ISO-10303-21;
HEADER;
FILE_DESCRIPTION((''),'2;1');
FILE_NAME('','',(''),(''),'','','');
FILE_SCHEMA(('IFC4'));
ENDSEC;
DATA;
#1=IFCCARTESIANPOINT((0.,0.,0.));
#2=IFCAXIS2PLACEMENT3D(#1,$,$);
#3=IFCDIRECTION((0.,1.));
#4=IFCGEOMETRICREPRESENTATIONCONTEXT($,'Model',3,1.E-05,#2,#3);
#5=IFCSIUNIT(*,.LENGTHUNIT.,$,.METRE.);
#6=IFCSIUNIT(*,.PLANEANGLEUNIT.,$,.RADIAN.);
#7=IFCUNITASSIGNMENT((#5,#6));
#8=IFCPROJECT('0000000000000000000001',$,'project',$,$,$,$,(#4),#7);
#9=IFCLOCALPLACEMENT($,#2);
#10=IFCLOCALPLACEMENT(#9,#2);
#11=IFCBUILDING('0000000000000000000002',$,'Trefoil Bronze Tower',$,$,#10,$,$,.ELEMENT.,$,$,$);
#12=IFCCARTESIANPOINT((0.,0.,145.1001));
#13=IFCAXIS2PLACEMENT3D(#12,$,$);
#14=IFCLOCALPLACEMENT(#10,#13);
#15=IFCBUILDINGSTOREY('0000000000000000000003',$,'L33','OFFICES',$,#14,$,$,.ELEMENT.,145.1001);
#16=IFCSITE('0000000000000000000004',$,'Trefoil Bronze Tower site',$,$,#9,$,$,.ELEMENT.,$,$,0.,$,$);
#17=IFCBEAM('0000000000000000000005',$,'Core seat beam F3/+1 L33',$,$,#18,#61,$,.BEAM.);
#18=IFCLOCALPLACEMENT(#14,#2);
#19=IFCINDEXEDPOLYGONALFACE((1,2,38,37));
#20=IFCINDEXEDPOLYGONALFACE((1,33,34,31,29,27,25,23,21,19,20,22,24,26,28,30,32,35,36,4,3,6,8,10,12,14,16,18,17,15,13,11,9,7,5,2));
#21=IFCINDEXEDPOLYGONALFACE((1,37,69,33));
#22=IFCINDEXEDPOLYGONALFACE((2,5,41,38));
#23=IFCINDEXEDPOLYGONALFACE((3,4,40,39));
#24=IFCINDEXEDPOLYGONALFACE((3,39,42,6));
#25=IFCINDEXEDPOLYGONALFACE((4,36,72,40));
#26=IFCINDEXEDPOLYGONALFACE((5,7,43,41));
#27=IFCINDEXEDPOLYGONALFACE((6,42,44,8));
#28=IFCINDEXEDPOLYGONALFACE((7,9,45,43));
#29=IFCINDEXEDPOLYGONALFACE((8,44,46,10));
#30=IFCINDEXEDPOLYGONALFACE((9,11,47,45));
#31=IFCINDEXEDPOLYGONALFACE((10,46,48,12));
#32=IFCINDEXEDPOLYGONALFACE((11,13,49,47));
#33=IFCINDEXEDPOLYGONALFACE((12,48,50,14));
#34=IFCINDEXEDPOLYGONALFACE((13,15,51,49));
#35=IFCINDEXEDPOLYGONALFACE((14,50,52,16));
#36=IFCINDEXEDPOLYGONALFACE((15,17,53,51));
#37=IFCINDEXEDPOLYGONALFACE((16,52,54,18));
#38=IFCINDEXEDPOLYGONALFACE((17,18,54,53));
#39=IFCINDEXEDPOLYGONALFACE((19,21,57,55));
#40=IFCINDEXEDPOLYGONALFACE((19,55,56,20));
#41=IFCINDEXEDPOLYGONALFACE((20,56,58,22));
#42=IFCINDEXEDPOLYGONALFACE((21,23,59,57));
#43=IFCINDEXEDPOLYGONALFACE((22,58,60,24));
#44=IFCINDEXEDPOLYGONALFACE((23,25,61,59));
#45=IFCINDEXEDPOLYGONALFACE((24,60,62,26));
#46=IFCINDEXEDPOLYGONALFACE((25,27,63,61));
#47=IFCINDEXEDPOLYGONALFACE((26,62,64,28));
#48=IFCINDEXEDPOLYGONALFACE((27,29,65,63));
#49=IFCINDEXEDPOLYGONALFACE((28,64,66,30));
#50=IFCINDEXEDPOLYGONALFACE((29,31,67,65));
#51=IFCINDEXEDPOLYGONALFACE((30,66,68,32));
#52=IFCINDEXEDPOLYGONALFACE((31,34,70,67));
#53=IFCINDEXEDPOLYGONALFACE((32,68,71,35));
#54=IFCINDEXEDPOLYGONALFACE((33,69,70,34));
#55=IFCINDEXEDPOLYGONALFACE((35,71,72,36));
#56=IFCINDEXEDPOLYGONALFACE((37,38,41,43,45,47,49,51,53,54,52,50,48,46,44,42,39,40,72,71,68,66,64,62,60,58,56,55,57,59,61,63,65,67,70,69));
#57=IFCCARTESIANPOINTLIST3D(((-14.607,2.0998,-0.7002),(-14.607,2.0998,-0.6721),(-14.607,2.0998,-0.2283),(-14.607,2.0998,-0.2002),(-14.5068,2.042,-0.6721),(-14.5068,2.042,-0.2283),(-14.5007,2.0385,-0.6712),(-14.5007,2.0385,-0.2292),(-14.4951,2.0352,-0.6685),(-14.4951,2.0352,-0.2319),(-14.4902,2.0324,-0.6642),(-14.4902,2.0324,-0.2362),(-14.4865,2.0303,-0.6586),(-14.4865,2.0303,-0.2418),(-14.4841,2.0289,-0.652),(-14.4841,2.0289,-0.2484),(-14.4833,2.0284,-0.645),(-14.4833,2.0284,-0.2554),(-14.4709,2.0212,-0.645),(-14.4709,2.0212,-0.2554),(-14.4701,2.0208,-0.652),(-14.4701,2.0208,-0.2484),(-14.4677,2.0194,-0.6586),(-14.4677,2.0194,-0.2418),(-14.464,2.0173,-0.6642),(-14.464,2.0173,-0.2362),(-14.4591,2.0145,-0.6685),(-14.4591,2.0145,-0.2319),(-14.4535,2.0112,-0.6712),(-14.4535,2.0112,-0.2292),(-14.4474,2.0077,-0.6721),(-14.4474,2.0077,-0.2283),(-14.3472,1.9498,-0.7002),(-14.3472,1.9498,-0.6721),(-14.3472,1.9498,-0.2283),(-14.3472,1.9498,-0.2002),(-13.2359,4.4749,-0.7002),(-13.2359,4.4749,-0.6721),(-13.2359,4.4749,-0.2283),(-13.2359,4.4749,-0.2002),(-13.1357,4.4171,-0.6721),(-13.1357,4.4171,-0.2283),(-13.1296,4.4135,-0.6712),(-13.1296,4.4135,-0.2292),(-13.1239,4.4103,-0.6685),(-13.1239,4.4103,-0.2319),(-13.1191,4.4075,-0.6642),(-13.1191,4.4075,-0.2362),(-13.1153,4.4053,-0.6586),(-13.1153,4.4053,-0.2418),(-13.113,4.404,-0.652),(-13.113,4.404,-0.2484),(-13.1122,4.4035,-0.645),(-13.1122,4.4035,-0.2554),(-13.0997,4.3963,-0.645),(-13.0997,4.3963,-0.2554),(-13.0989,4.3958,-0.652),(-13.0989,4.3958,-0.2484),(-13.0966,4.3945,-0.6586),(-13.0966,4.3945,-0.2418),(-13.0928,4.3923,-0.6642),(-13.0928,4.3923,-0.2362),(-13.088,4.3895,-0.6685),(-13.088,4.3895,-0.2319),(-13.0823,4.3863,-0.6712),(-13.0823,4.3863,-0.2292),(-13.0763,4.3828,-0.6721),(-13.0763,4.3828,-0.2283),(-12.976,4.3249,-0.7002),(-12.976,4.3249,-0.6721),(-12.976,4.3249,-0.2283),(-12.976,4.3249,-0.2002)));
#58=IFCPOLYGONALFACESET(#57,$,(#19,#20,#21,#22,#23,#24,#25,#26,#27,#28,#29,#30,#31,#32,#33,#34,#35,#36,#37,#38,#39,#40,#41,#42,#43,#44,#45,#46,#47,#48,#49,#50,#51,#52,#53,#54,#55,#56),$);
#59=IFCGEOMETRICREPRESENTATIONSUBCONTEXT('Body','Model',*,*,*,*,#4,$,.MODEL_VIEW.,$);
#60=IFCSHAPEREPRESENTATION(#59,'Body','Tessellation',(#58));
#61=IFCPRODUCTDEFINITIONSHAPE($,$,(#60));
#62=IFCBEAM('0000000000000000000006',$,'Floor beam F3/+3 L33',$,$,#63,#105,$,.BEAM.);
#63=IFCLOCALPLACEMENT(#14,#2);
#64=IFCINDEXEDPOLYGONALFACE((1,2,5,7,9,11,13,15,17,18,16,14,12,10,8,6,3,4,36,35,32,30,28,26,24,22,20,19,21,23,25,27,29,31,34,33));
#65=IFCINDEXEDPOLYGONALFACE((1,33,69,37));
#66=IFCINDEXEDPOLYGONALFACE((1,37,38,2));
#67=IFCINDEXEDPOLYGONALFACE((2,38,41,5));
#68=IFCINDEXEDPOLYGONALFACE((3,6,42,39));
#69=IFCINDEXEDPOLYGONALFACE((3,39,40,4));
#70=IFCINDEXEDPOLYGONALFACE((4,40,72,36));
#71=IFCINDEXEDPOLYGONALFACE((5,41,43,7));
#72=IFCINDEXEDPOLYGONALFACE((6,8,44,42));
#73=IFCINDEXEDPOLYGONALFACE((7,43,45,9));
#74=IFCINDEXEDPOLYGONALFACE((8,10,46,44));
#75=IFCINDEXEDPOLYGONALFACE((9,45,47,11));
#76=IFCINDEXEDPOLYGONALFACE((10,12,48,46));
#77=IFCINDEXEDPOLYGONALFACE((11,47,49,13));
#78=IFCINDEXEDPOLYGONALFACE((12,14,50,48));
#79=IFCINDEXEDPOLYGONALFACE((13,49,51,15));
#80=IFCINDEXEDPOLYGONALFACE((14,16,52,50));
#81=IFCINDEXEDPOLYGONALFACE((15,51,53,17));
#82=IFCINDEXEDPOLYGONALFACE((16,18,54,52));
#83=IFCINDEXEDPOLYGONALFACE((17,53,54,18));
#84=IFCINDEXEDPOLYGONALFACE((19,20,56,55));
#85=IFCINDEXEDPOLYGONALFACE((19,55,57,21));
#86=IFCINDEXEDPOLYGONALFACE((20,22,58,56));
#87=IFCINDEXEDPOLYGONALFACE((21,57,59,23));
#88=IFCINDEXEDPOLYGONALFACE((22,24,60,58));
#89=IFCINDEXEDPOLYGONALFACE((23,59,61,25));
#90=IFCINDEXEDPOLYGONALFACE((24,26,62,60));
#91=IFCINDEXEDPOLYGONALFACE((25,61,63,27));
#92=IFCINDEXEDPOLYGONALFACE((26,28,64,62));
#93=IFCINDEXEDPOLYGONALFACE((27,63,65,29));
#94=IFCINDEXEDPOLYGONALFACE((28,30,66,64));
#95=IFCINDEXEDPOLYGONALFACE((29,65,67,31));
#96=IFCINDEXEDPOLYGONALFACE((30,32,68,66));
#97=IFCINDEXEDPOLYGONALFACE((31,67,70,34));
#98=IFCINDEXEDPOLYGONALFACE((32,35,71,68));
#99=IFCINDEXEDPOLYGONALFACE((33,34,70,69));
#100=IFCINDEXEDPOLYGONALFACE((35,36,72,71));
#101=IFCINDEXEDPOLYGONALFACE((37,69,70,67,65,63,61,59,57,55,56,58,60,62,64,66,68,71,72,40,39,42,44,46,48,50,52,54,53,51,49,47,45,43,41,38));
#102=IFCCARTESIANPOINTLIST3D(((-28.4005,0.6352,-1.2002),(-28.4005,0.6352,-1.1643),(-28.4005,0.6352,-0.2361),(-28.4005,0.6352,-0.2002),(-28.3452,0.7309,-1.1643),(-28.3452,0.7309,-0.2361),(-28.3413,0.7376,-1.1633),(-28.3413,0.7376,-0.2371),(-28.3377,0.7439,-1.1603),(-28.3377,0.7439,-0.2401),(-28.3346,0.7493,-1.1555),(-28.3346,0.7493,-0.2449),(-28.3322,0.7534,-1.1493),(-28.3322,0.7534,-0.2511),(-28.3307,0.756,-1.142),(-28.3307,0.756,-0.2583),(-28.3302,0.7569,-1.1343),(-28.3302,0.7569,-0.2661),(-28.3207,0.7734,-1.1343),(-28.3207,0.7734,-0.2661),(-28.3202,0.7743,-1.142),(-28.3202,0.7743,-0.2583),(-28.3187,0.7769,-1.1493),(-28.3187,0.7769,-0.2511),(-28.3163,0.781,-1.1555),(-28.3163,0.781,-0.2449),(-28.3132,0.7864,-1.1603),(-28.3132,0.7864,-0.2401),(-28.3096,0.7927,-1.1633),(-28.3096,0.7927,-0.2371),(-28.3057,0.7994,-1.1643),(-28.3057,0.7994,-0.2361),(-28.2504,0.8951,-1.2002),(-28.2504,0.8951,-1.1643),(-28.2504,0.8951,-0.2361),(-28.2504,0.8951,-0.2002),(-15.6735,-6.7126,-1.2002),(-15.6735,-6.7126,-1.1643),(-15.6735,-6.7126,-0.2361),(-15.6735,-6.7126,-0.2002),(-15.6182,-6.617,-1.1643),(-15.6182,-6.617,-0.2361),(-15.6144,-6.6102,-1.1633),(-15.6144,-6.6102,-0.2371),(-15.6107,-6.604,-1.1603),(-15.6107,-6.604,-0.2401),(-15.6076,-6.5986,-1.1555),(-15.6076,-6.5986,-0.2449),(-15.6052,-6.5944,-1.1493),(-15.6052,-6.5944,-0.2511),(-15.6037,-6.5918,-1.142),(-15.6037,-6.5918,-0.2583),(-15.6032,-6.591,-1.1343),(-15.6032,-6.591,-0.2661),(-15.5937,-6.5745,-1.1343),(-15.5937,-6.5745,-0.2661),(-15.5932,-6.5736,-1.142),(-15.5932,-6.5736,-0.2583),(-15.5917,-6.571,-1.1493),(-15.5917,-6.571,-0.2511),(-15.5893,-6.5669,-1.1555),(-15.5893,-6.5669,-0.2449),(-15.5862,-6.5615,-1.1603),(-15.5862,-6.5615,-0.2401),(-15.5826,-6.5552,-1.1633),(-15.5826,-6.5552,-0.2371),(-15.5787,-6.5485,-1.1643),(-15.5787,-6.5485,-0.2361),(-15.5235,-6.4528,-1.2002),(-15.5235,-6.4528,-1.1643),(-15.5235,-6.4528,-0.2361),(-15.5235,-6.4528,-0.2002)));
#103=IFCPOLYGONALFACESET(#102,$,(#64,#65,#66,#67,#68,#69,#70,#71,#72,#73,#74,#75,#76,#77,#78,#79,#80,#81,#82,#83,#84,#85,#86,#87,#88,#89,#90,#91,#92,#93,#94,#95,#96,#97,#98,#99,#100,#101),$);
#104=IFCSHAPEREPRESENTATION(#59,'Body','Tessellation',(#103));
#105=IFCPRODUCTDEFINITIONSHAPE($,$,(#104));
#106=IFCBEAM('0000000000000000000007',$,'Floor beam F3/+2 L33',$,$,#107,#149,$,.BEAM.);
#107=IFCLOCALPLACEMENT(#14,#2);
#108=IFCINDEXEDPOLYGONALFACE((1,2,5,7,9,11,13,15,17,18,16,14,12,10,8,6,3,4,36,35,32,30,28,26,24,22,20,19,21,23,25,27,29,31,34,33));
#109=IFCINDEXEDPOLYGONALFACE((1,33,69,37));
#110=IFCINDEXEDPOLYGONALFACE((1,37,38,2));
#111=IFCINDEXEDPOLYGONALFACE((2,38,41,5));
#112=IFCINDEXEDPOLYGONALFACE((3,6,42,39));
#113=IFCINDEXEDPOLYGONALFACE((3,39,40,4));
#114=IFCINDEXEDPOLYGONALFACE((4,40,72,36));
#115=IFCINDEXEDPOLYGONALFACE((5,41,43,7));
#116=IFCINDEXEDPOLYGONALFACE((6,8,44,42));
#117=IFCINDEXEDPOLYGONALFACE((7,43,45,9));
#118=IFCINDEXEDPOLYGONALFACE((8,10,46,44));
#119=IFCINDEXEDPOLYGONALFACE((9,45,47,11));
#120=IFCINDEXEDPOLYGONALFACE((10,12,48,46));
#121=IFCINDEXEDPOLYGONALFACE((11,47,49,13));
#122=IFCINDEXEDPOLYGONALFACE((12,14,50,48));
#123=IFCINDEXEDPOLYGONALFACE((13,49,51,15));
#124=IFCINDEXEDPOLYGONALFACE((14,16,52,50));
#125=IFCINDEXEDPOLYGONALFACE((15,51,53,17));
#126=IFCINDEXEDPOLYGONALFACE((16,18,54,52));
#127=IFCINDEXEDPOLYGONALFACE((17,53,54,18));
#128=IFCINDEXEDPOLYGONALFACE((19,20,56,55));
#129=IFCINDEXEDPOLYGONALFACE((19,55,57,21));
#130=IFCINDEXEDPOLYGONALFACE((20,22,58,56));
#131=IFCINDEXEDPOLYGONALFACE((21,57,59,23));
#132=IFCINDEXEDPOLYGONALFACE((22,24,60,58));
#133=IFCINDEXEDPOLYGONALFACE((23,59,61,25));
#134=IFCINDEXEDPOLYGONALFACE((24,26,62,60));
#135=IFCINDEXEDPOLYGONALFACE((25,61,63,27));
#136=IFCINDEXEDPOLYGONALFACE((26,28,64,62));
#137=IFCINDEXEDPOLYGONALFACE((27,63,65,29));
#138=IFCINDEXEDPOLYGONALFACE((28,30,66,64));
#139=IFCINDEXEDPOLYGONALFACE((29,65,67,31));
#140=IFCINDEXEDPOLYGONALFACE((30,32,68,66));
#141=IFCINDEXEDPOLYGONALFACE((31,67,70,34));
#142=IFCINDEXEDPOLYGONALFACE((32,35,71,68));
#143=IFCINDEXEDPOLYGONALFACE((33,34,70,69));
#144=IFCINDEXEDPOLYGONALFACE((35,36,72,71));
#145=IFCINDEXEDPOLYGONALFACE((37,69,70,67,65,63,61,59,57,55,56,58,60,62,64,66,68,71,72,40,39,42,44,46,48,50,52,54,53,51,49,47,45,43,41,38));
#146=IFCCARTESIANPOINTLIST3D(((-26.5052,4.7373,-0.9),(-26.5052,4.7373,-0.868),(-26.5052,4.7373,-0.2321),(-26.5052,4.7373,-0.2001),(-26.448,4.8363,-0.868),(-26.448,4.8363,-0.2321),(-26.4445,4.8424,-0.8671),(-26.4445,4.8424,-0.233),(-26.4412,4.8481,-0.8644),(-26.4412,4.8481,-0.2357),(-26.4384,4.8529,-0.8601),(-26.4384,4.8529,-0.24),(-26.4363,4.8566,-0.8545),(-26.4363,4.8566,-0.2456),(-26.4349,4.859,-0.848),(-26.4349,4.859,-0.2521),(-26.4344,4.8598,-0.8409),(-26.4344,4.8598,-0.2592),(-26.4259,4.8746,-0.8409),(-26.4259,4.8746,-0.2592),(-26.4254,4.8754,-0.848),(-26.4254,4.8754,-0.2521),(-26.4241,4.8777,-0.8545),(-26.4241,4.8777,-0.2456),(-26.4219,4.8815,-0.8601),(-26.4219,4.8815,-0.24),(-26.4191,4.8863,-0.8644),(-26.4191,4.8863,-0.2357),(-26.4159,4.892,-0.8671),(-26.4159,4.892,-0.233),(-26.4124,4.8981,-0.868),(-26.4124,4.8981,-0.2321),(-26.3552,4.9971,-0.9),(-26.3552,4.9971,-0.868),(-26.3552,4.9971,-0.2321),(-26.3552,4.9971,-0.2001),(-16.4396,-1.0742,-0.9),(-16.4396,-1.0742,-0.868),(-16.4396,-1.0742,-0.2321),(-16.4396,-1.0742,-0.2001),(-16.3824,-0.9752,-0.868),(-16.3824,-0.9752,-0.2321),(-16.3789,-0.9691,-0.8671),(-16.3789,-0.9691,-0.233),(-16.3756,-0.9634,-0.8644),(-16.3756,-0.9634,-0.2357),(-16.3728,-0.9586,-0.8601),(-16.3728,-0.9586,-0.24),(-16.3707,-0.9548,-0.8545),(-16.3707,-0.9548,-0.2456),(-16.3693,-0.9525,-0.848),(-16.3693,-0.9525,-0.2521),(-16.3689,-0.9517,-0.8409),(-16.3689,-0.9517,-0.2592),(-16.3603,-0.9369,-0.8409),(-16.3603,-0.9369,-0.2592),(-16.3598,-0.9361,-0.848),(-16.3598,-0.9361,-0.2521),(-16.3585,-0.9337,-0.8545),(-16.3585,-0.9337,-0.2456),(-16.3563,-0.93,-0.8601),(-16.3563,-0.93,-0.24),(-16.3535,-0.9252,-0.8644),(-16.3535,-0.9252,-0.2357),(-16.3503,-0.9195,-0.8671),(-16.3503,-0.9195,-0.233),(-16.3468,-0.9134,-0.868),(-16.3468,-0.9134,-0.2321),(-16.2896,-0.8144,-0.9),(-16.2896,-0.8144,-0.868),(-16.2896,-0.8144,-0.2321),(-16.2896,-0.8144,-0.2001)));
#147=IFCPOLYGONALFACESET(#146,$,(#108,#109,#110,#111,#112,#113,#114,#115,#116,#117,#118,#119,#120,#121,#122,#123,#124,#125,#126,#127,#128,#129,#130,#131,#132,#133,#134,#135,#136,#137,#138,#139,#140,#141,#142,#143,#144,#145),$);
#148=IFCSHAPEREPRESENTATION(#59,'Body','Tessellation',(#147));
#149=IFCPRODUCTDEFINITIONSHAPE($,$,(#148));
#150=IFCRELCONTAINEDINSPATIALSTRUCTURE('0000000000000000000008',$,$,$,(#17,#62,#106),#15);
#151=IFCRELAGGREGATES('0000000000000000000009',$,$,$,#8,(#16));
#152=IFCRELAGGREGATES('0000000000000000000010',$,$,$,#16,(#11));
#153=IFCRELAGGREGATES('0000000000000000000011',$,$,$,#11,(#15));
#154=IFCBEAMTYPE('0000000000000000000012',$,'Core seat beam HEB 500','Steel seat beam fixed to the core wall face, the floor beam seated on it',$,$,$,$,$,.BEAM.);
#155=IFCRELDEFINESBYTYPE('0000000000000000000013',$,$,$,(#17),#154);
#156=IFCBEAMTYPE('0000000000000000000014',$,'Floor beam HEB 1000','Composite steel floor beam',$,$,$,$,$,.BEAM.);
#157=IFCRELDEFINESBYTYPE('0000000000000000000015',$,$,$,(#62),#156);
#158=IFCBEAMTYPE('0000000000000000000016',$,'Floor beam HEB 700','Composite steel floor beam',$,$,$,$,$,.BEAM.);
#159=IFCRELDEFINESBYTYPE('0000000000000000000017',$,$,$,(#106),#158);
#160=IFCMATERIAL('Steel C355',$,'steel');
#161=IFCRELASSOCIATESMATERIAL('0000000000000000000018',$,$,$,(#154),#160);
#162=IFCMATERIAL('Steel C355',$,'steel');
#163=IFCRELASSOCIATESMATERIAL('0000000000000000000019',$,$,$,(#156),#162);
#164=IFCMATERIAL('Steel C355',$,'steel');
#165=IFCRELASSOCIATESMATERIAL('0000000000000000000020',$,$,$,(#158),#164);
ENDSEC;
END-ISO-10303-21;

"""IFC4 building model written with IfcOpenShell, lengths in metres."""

from ifc_helpers import new_model, si_unit, direction, frame, origin, origin_2d, place, context, subcontext, project, spatial, i_section, extrude, material, material_profile, profile_set, type_object, element, save


model = new_model("IFC4")

# Units and contexts
model_context = context("Model", 3, precision=1e-05, world=origin(), true_north=direction((0.0, 1.0)))
body_context = subcontext(model_context, "Body", "Model", "MODEL_VIEW")
ifc_project = project(units=[si_unit("LENGTHUNIT", "METRE"), si_unit("PLANEANGLEUNIT", "RADIAN")], contexts=[model_context])

# Site, building, storey
site_placement = place(None, origin())
site = spatial("IfcSite", under=ifc_project, at=site_placement, Name="Trefoil Bronze Tower site", CompositionType="ELEMENT", RefElevation=0.0)
building_placement = place(site_placement, origin())
building = spatial("IfcBuilding", under=site, at=building_placement, Name="Trefoil Bronze Tower", CompositionType="ELEMENT")
storey_placement = place(building_placement, frame((0.0, 0.0, 145.1001)))
storey = spatial("IfcBuildingStorey", under=building, at=storey_placement, Name="L33", Description="OFFICES", CompositionType="ELEMENT", Elevation=145.1001)

# Beams
ifc_material_1 = material(Name="Steel C355", Category="steel")
ifc_material_profile_1 = material_profile(ifc_material_1, i_section(OverallWidth=0.3, OverallDepth=0.5, WebThickness=0.0144, FlangeThickness=0.0281, FilletRadius=0.0271, at=origin_2d()), Name="HEB 500")
ifc_profile_set_1 = profile_set([ifc_material_profile_1], Name="Steel C355")
beam_type_1 = type_object("IfcBeamType", Name="Core seat beam HEB 500", Description="Steel seat beam fixed to the core wall face, the floor beam seated on it", PredefinedType="BEAM", material=ifc_profile_set_1)
for number, where, z_axis, x_axis, name in (
    (1, (-13.106, 4.3999, -0.4502), (-0.499969, -0.866043, 0.0), (0.866043, -0.499969, 0.0), "Core seat beam F3/+1 L33"),
):
    element("IfcBeam", number, at=place(storey_placement, frame(where, z_axis=z_axis, x_axis=x_axis)), inside=storey, type_object=beam_type_1, Name=name, PredefinedType="BEAM", context=body_context, shape_type="SweptSolid", body=[
        extrude(i_section(OverallWidth=0.3, OverallDepth=0.5, WebThickness=0.0144, FlangeThickness=0.0281, FilletRadius=0.0271, at=origin_2d()), origin(), (0.0, 0.0, 1.0), 2.7424),
    ])
ifc_material_2 = material(Name="Steel C355", Category="steel")
ifc_material_profile_2 = material_profile(ifc_material_2, i_section(OverallWidth=0.3, OverallDepth=1.0, WebThickness=0.019, FlangeThickness=0.0359, FilletRadius=0.03, at=origin_2d()), Name="HEB 1000")
ifc_profile_set_2 = profile_set([ifc_material_profile_2], Name="Steel C355")
beam_type_2 = type_object("IfcBeamType", Name="Floor beam HEB 1000", Description="Composite steel floor beam", PredefinedType="BEAM", material=ifc_profile_set_2)
beam_1_placement = place(storey_placement, frame((-28.3254, 0.7651, -0.7002), z_axis=(0.866027, -0.499997, 0.0), x_axis=(0.499997, 0.866027, 0.0)))
element("IfcBeam", 2, at=beam_1_placement, inside=storey, type_object=beam_type_2, Name="Floor beam F3/+3 L33", PredefinedType="BEAM", context=body_context, shape_type="SweptSolid", body=[
    extrude(i_section(OverallWidth=0.3, OverallDepth=1.0, WebThickness=0.019, FlangeThickness=0.0359, FilletRadius=0.03, at=origin_2d()), origin(), (0.0, 0.0, 1.0), 14.6958),
])
ifc_material_3 = material(Name="Steel C355", Category="steel")
ifc_material_profile_3 = material_profile(ifc_material_3, i_section(OverallWidth=0.3, OverallDepth=0.7, WebThickness=0.0171, FlangeThickness=0.032, FilletRadius=0.0271, at=origin_2d()), Name="HEB 700")
ifc_profile_set_3 = profile_set([ifc_material_profile_3], Name="Steel C355")
beam_type_3 = type_object("IfcBeamType", Name="Floor beam HEB 700", Description="Composite steel floor beam", PredefinedType="BEAM", material=ifc_profile_set_3)
beam_2_placement = place(storey_placement, frame((-26.4302, 4.8672, -0.55), z_axis=(0.866022, -0.500007, 0.0), x_axis=(0.500007, 0.866022, 0.0)))
element("IfcBeam", 3, at=beam_2_placement, inside=storey, type_object=beam_type_3, Name="Floor beam F3/+2 L33", PredefinedType="BEAM", context=body_context, shape_type="SweptSolid", body=[
    extrude(i_section(OverallWidth=0.3, OverallDepth=0.7, WebThickness=0.0171, FlangeThickness=0.032, FilletRadius=0.0271, at=origin_2d()), origin(), (0.0, 0.0, 1.0), 11.6228),
])

save(model, "model.ifc")
